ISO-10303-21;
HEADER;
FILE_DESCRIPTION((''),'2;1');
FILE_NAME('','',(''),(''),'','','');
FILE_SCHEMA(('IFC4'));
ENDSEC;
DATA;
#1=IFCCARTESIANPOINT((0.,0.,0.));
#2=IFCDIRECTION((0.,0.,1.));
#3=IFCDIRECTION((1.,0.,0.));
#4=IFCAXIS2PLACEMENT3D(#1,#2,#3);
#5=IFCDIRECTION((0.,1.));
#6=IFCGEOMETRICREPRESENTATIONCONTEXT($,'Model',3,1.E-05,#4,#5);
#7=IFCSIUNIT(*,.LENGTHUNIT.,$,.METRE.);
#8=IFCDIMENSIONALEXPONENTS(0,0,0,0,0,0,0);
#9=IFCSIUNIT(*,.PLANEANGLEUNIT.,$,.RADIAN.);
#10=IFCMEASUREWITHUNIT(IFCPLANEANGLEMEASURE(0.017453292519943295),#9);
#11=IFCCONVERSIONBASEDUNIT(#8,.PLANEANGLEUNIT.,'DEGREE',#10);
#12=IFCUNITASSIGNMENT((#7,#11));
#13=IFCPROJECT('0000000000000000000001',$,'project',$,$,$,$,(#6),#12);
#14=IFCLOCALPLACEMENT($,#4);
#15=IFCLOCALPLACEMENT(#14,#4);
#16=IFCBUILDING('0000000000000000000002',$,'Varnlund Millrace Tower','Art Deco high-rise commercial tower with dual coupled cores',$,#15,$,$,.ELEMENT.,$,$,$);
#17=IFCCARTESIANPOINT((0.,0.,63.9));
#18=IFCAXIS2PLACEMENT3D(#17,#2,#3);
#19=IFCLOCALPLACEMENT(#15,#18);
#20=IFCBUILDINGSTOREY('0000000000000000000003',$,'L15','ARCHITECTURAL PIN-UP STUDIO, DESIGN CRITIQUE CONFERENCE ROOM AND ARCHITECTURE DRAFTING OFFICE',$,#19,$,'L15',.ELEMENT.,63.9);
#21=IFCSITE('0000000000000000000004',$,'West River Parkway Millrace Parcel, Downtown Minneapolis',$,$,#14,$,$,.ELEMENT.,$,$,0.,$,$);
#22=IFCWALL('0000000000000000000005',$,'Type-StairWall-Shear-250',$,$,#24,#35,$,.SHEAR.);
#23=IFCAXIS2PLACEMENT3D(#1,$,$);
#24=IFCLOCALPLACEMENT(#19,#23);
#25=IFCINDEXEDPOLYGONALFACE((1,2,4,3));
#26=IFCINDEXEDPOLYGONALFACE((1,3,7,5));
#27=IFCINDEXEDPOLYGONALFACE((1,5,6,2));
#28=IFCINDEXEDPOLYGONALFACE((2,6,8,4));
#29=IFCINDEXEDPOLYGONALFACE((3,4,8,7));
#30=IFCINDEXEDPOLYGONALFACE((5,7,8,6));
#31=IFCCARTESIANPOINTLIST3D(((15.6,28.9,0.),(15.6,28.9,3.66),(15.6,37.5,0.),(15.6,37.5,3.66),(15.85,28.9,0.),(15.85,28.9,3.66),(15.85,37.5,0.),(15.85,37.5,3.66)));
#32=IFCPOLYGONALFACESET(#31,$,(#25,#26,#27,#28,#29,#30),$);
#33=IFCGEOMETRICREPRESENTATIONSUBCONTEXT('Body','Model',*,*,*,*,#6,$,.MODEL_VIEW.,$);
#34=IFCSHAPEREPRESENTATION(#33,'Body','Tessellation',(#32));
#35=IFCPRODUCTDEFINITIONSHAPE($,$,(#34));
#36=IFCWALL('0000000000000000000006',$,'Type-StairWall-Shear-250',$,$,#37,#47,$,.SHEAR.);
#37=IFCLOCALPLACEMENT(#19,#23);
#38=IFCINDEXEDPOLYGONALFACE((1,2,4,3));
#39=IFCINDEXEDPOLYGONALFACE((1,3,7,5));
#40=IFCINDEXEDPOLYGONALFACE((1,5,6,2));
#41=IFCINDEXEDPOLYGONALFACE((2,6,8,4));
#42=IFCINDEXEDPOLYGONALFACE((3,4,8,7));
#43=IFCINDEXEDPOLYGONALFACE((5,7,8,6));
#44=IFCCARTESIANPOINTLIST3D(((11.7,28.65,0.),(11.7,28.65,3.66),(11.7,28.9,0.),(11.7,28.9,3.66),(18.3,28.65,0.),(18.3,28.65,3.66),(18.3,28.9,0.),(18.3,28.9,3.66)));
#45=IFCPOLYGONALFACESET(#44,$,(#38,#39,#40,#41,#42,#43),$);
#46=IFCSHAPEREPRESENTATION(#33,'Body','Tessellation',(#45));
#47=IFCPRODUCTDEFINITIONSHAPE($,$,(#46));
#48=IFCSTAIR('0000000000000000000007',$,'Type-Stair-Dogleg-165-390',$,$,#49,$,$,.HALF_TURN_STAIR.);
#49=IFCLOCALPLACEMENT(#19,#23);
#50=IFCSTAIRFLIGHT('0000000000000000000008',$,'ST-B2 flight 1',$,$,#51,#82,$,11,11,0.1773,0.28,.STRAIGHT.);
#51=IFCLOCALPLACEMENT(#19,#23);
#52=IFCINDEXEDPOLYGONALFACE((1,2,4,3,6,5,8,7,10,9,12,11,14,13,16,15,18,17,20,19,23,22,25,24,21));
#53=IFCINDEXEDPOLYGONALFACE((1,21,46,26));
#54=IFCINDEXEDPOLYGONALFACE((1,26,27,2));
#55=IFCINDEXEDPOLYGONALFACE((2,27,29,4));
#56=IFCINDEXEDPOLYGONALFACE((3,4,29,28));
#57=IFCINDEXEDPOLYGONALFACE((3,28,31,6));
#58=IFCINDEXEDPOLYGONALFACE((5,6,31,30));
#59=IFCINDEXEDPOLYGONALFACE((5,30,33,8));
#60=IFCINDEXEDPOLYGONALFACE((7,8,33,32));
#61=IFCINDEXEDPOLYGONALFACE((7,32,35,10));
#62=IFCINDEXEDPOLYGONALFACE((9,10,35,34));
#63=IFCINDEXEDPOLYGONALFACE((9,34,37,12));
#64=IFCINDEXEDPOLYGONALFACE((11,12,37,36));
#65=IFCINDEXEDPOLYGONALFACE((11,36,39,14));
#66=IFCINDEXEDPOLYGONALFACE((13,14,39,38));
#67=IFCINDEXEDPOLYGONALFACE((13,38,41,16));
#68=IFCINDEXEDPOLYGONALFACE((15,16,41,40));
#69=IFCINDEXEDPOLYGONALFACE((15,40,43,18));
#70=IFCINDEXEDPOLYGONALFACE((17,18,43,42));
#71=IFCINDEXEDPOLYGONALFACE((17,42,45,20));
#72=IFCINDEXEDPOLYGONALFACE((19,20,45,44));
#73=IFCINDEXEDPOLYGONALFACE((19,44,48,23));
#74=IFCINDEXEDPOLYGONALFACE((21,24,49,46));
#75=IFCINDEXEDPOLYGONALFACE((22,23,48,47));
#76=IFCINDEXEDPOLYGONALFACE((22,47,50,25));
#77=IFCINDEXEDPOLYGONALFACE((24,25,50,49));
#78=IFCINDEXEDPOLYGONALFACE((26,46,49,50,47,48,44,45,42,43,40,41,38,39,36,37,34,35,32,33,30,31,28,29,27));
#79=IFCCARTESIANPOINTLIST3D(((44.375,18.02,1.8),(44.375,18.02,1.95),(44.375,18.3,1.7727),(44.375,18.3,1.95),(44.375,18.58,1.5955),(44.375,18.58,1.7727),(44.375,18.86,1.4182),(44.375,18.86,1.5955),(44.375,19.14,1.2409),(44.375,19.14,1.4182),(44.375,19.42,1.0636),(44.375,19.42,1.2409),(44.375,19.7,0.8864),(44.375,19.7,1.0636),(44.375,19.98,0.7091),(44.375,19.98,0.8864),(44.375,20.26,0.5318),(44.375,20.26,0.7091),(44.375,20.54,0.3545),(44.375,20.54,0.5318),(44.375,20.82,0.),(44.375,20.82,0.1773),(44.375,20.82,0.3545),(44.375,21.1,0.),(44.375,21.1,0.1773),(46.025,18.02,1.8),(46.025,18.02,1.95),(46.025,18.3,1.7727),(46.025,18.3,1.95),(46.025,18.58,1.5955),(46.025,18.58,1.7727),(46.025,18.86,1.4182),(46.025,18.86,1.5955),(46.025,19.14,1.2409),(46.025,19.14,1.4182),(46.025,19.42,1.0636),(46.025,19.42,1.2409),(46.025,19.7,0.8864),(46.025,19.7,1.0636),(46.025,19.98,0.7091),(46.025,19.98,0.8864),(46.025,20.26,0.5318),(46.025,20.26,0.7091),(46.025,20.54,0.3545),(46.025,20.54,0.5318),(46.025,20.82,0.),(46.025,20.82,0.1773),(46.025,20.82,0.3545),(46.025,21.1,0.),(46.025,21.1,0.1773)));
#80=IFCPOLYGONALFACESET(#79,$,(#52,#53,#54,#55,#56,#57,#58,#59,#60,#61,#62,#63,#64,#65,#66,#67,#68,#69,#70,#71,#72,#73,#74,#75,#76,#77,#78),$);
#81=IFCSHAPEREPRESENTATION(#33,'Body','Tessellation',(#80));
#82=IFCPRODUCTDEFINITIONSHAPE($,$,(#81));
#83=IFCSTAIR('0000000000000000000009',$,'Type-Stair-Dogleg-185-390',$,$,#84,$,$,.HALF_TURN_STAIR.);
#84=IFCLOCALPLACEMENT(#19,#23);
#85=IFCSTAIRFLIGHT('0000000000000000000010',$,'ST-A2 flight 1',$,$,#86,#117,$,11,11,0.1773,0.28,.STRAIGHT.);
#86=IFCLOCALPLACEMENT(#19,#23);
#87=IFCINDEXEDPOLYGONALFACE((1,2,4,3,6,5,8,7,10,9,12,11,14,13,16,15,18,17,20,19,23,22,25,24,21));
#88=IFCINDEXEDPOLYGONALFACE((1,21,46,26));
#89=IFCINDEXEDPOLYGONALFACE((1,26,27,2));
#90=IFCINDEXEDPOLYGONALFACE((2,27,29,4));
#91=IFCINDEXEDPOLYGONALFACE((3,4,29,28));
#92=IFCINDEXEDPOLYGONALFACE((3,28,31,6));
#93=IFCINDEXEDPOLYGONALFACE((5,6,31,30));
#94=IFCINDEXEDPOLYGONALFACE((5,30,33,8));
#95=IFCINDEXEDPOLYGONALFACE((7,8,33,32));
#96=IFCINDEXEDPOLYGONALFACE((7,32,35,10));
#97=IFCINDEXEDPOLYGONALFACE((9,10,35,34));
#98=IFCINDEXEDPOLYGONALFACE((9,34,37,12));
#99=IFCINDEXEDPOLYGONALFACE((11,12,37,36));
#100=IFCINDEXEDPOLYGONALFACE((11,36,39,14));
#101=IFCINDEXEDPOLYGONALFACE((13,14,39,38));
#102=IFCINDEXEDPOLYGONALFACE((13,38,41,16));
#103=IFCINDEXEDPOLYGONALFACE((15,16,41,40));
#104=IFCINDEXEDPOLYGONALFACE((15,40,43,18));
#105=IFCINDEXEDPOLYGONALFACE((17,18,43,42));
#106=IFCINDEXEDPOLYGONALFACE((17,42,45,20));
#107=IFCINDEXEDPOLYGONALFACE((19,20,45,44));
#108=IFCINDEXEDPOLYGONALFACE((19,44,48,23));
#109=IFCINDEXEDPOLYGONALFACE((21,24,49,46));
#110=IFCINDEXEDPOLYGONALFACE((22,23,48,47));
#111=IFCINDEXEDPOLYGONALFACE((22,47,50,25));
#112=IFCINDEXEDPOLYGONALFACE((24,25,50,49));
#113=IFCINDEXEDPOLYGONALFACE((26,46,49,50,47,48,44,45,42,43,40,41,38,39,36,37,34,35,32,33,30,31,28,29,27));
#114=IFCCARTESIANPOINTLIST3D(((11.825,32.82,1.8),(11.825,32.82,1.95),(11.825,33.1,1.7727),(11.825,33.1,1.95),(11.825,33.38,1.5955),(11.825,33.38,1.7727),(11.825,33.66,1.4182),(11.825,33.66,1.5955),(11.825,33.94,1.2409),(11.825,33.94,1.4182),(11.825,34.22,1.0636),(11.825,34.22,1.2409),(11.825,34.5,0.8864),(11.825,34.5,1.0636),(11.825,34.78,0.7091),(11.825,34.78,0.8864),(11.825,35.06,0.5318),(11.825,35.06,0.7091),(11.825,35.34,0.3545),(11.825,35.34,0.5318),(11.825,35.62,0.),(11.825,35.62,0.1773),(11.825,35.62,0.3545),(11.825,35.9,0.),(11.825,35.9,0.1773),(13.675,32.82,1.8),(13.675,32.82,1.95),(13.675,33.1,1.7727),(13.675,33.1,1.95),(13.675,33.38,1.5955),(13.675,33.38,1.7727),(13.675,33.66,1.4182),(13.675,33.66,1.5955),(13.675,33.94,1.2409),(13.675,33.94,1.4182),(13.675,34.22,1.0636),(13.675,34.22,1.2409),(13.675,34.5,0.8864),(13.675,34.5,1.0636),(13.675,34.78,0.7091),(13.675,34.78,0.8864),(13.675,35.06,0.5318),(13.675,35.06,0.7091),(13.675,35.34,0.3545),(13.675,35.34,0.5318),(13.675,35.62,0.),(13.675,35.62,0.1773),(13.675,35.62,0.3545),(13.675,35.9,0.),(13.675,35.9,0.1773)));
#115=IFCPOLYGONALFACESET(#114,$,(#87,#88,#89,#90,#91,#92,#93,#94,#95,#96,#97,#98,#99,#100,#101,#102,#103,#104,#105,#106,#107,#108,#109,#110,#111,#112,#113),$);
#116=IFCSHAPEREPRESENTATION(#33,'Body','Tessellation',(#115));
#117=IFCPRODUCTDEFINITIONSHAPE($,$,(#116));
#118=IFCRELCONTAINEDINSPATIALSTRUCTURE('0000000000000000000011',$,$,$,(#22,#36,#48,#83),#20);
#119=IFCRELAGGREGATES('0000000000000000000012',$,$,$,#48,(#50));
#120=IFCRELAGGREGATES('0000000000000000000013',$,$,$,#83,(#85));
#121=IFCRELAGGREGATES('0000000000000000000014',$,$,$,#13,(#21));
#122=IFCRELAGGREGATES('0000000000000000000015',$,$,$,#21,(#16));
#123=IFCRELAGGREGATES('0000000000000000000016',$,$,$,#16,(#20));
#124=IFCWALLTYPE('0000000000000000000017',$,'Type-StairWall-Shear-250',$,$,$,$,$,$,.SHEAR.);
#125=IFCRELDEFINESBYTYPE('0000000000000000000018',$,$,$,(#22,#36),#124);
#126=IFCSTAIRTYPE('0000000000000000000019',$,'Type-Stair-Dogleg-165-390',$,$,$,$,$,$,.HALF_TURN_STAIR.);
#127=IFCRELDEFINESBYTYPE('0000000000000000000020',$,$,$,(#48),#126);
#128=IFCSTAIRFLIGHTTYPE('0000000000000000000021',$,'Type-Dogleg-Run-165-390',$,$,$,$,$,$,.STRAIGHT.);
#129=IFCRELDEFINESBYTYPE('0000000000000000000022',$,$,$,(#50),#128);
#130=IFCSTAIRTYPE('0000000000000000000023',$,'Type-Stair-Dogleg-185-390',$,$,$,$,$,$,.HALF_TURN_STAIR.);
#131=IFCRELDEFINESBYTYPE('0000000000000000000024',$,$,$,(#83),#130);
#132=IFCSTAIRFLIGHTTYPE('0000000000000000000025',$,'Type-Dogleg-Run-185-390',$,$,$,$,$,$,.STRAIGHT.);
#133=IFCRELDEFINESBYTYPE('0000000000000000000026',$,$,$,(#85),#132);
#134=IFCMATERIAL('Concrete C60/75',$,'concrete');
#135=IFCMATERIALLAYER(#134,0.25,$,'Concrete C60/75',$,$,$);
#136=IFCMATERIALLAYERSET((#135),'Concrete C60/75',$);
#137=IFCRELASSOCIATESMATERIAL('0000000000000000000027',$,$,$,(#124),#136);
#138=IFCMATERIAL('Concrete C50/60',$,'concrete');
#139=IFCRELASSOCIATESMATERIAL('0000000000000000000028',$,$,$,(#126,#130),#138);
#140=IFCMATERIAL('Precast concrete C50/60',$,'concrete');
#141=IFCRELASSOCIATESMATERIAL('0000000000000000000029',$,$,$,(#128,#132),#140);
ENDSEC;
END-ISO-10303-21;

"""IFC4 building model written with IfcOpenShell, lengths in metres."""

from ifc_helpers import new_model, entity, si_unit, converted_unit, direction, frame, origin_with_axes, place, context, subcontext, project, spatial, polyline, outline, extrude, material, layer, layer_set, type_object, element, aggregate, save


model = new_model("IFC4")

# Units and contexts
model_context = context("Model", 3, precision=1e-05, world=origin_with_axes(), true_north=direction((0.0, 1.0)))
body_context = subcontext(model_context, "Body", "Model", "MODEL_VIEW")
ifc_project = project(units=[si_unit("LENGTHUNIT", "METRE"), converted_unit("PLANEANGLEUNIT", "DEGREE", entity("IfcPlaneAngleMeasure", 0.017453292519943295), si_unit("PLANEANGLEUNIT", "RADIAN"), dimensions=[0, 0, 0, 0, 0, 0, 0])], contexts=[model_context])

# Site, building, storey
site_placement = place(None, origin_with_axes())
site = spatial("IfcSite", under=ifc_project, at=site_placement, Name="West River Parkway Millrace Parcel, Downtown Minneapolis", CompositionType="ELEMENT", RefElevation=0.0)
building_placement = place(site_placement, origin_with_axes())
building = spatial("IfcBuilding", under=site, at=building_placement, Name="Varnlund Millrace Tower", Description="Art Deco high-rise commercial tower with dual coupled cores", CompositionType="ELEMENT")
storey_placement = place(building_placement, frame((0.0, 0.0, 63.9), z_axis=(0.0, 0.0, 1.0), x_axis=(1.0, 0.0, 0.0)))
storey = spatial("IfcBuildingStorey", under=building, at=storey_placement, Name="L15", Description="ARCHITECTURAL PIN-UP STUDIO, DESIGN CRITIQUE CONFERENCE ROOM AND ARCHITECTURE DRAFTING OFFICE", LongName="L15", CompositionType="ELEMENT", Elevation=63.9)

# Shared definitions
ifc_material_1 = material(Name="Concrete C60/75", Category="concrete")
ifc_layer_1 = layer(ifc_material_1, 0.25, Name="Concrete C60/75")
ifc_layer_set_1 = layer_set([ifc_layer_1], Name="Concrete C60/75")

# Walls
wall_type_1 = type_object("IfcWallType", Name="Type-StairWall-Shear-250", PredefinedType="SHEAR", material=ifc_layer_set_1)
wall_1_placement = place(storey_placement, frame((15.725, 28.9, 0.0), z_axis=(0.0, 0.0, 1.0), x_axis=(0.0, 1.0, 0.0)))
element("IfcWall", 1, at=wall_1_placement, inside=storey, type_object=wall_type_1, Name="Type-StairWall-Shear-250", PredefinedType="SHEAR", context=body_context, shape_type="SweptSolid", body=[
    extrude(outline(polyline([(0.0, -0.125), (8.6, -0.125), (8.6, 0.125), (0.0, 0.125), (0.0, -0.125)])), origin_with_axes(), (0.0, 0.0, 1.0), 3.66),
])
wall_2_placement = place(storey_placement, frame((11.7, 28.775, 0.0), z_axis=(0.0, 0.0, 1.0), x_axis=(1.0, 0.0, 0.0)))
element("IfcWall", 2, at=wall_2_placement, inside=storey, type_object=wall_type_1, Name="Type-StairWall-Shear-250", PredefinedType="SHEAR", context=body_context, shape_type="SweptSolid", body=[
    extrude(outline(polyline([(0.0, -0.125), (6.6, -0.125), (6.6, 0.125), (0.0, 0.125), (0.0, -0.125)])), origin_with_axes(), (0.0, 0.0, 1.0), 3.66),
])

# Stairs, stair flights
ifc_material_2 = material(Name="Concrete C50/60", Category="concrete")
stair_type_1 = type_object("IfcStairType", Name="Type-Stair-Dogleg-165-390", PredefinedType="HALF_TURN_STAIR", material=ifc_material_2)
stair_1_placement = place(storey_placement, origin_with_axes())
stair_1 = element("IfcStair", 3, at=stair_1_placement, inside=storey, type_object=stair_type_1, Name="Type-Stair-Dogleg-165-390", PredefinedType="HALF_TURN_STAIR")
ifc_material_3 = material(Name="Precast concrete C50/60", Category="concrete")
stair_flight_type_1 = type_object("IfcStairFlightType", Name="Type-Dogleg-Run-165-390", PredefinedType="STRAIGHT", material=ifc_material_3)
stair_flight_1_placement = place(storey_placement, frame((46.025, 21.1, 0.0), z_axis=(-1.0, 0.0, 0.0), x_axis=(0.0, -1.0, 0.0)))
stair_flight_1 = element("IfcStairFlight", 4, at=stair_flight_1_placement, type_object=stair_flight_type_1, Name="ST-B2 flight 1", NumberOfRisers=11, NumberOfTreads=11, PredefinedType="STRAIGHT", RiserHeight=0.1773, TreadLength=0.28, context=body_context, shape_type="SweptSolid", body=[
    extrude(outline(polyline([(0.0, 0.0), (0.0, 0.1773), (0.28, 0.1773), (0.28, 0.3545), (0.56, 0.3545), (0.56, 0.5318), (0.84, 0.5318), (0.84, 0.7091), (1.12, 0.7091), (1.12, 0.8864), (1.4, 0.8864), (1.4, 1.0636), (1.68, 1.0636), (1.68, 1.2409), (1.96, 1.2409), (1.96, 1.4182), (2.24, 1.4182), (2.24, 1.5955), (2.52, 1.5955), (2.52, 1.7727), (2.8, 1.7727), (2.8, 1.95), (3.08, 1.95), (3.08, 1.8), (0.28, 0.0), (0.0, 0.0)])), origin_with_axes(), (0.0, 0.0, 1.0), 1.65),
])
aggregate(stair_1, [stair_flight_1])
stair_type_2 = type_object("IfcStairType", Name="Type-Stair-Dogleg-185-390", PredefinedType="HALF_TURN_STAIR", material=ifc_material_2)
stair_2_placement = place(storey_placement, origin_with_axes())
stair_2 = element("IfcStair", 5, at=stair_2_placement, inside=storey, type_object=stair_type_2, Name="Type-Stair-Dogleg-185-390", PredefinedType="HALF_TURN_STAIR")
stair_flight_type_2 = type_object("IfcStairFlightType", Name="Type-Dogleg-Run-185-390", PredefinedType="STRAIGHT", material=ifc_material_3)
stair_flight_2_placement = place(storey_placement, frame((13.675, 35.9, 0.0), z_axis=(-1.0, 0.0, 0.0), x_axis=(0.0, -1.0, 0.0)))
stair_flight_2 = element("IfcStairFlight", 6, at=stair_flight_2_placement, type_object=stair_flight_type_2, Name="ST-A2 flight 1", NumberOfRisers=11, NumberOfTreads=11, PredefinedType="STRAIGHT", RiserHeight=0.1773, TreadLength=0.28, context=body_context, shape_type="SweptSolid", body=[
    extrude(outline(polyline([(0.0, 0.0), (0.0, 0.1773), (0.28, 0.1773), (0.28, 0.3545), (0.56, 0.3545), (0.56, 0.5318), (0.84, 0.5318), (0.84, 0.7091), (1.12, 0.7091), (1.12, 0.8864), (1.4, 0.8864), (1.4, 1.0636), (1.68, 1.0636), (1.68, 1.2409), (1.96, 1.2409), (1.96, 1.4182), (2.24, 1.4182), (2.24, 1.5955), (2.52, 1.5955), (2.52, 1.7727), (2.8, 1.7727), (2.8, 1.95), (3.08, 1.95), (3.08, 1.8), (0.28, 0.0), (0.0, 0.0)])), origin_with_axes(), (0.0, 0.0, 1.0), 1.85),
])
aggregate(stair_2, [stair_flight_2])

save(model, "model.ifc")
